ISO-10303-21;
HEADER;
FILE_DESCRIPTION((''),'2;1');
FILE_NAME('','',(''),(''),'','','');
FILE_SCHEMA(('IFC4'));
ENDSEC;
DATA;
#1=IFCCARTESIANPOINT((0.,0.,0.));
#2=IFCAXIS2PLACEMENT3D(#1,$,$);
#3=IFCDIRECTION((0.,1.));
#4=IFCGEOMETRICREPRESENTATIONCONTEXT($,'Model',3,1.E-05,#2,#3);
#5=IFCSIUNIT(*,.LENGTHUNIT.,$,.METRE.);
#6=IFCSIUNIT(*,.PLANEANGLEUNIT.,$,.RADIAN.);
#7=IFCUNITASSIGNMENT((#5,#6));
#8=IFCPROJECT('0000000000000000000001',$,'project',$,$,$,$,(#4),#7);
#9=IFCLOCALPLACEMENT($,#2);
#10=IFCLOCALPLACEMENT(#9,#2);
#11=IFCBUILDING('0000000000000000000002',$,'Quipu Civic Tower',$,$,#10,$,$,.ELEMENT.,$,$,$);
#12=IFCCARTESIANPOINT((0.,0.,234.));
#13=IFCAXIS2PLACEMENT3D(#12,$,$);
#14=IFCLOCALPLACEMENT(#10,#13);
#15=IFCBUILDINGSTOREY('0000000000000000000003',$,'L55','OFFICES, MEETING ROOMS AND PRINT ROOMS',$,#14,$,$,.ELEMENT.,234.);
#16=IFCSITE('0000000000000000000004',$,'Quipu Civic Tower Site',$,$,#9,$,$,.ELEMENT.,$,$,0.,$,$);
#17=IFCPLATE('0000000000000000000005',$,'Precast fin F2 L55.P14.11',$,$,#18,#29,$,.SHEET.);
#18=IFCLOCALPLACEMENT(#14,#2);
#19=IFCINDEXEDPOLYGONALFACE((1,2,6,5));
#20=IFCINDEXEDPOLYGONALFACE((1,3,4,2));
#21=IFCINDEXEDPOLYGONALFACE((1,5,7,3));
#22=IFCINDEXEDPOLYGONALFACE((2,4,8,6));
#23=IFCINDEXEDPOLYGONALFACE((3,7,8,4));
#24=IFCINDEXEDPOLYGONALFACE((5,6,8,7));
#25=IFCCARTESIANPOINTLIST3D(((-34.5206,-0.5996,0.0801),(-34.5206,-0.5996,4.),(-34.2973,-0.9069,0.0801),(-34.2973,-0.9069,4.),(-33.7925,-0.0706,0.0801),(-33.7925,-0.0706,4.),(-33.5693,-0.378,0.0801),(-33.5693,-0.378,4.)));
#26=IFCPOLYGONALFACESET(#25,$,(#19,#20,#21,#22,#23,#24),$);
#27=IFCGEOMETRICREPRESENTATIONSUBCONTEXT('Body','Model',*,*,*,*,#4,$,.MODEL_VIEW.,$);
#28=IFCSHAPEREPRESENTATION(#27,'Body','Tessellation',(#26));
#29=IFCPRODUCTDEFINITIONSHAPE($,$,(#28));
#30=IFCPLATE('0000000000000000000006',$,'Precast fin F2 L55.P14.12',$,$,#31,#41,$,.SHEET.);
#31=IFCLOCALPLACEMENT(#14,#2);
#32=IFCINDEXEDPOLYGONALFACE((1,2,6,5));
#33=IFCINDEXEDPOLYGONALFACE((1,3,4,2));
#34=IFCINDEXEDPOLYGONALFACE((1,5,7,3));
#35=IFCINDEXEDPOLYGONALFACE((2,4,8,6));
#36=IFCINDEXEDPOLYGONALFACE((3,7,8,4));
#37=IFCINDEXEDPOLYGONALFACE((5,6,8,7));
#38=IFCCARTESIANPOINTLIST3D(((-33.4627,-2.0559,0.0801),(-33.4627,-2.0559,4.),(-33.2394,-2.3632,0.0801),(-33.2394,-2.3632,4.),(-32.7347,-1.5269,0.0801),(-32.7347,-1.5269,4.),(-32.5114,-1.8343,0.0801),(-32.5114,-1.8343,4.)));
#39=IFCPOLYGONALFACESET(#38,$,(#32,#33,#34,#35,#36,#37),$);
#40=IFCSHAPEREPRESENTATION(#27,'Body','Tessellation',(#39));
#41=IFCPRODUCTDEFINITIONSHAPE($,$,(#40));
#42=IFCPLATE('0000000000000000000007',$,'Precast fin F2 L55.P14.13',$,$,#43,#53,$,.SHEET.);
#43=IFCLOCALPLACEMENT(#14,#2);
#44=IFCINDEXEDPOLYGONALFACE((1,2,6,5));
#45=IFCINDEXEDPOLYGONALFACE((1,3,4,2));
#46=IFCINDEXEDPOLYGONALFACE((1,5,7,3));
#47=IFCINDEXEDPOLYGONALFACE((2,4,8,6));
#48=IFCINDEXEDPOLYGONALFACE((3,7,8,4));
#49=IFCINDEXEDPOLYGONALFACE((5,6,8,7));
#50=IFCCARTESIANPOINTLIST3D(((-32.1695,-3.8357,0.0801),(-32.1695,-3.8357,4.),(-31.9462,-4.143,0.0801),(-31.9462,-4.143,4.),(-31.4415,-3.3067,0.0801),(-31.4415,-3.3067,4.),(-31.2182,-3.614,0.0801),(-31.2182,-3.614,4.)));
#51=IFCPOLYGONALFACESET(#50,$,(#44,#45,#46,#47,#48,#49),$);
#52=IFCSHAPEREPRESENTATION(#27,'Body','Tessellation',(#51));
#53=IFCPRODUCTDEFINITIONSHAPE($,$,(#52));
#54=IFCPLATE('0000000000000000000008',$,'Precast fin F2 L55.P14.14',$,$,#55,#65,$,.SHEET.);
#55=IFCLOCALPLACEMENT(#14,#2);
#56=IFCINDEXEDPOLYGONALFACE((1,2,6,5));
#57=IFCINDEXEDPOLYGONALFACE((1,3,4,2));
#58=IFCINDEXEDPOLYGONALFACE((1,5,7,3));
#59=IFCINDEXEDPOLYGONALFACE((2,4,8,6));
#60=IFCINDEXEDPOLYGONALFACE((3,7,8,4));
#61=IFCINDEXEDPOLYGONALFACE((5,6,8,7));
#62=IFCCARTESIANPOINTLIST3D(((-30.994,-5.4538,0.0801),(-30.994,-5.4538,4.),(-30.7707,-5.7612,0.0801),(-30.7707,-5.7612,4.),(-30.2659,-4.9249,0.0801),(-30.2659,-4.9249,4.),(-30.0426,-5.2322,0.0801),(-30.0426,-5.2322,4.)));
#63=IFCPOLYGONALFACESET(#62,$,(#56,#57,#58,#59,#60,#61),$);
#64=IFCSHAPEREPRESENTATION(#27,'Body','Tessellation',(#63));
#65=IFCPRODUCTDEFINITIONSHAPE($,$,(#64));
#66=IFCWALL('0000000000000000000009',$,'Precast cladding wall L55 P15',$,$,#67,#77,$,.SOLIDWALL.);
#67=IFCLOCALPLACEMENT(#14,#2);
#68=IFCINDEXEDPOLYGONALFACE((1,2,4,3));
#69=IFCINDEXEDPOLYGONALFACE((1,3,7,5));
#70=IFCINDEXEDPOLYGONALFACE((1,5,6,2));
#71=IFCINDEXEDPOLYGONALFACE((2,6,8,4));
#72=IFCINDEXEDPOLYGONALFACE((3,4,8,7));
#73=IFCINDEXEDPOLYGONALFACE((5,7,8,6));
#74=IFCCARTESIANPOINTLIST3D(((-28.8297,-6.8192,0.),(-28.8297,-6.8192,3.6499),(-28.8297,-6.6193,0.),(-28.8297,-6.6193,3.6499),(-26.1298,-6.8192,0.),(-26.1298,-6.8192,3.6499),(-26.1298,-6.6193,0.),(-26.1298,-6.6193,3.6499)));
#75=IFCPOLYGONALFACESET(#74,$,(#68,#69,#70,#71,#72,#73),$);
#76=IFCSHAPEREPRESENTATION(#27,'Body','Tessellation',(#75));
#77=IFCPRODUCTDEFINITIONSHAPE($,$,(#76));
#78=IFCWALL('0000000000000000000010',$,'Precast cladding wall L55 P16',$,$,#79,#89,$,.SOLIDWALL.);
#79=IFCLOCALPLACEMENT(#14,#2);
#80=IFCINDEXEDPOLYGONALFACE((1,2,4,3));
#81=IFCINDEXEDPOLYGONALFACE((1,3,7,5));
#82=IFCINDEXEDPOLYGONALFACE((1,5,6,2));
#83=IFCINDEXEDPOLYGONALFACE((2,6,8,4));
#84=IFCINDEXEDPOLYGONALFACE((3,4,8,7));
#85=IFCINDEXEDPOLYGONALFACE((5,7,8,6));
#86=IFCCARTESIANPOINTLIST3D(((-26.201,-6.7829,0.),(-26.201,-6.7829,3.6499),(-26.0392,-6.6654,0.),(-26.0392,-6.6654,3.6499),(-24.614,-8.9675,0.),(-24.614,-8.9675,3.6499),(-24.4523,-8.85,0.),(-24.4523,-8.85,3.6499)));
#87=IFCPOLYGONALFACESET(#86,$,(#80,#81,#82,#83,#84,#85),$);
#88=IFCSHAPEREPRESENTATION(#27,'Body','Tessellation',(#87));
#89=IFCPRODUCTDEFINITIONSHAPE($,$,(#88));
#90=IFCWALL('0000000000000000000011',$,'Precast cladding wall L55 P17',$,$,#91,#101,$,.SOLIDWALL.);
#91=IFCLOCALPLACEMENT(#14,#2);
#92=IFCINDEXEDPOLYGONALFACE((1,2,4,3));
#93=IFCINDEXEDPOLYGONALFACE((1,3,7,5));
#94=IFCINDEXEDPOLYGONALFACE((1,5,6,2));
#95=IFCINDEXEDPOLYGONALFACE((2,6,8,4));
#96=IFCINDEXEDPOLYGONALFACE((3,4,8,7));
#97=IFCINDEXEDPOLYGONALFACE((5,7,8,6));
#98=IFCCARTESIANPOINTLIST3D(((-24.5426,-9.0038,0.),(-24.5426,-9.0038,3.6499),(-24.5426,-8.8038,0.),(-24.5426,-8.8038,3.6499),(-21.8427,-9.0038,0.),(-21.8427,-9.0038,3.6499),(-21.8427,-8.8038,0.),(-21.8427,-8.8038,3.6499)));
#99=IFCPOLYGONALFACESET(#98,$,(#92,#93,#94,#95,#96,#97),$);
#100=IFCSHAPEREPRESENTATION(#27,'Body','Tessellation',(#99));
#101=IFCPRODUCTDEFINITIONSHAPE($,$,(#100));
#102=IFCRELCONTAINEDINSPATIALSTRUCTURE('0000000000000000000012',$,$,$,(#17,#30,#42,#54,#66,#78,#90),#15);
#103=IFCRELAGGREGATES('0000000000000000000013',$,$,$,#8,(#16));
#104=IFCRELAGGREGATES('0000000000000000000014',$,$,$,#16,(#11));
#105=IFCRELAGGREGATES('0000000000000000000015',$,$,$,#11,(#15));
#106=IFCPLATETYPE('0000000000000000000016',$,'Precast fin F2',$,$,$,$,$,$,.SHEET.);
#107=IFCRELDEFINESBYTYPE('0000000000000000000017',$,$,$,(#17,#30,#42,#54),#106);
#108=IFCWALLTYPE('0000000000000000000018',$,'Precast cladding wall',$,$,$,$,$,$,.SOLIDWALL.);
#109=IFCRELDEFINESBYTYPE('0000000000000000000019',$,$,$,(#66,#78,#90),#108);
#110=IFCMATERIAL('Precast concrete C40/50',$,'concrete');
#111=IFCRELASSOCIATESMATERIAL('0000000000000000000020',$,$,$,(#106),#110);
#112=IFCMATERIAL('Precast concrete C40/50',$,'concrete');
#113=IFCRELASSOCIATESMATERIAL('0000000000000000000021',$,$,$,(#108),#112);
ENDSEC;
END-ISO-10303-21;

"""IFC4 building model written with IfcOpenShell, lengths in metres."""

from ifc_helpers import new_model, si_unit, direction, frame, frame_2d, origin, origin_2d, place, context, subcontext, project, spatial, rectangle, extrude, material, type_object, element, save


model = new_model("IFC4")

# Units and contexts
model_context = context("Model", 3, precision=1e-05, world=origin(), true_north=direction((0.0, 1.0)))
body_context = subcontext(model_context, "Body", "Model", "MODEL_VIEW")
ifc_project = project(units=[si_unit("LENGTHUNIT", "METRE"), si_unit("PLANEANGLEUNIT", "RADIAN")], contexts=[model_context])

# Site, building, storey
site_placement = place(None, origin())
site = spatial("IfcSite", under=ifc_project, at=site_placement, Name="Quipu Civic Tower Site", CompositionType="ELEMENT", RefElevation=0.0)
building_placement = place(site_placement, origin())
building = spatial("IfcBuilding", under=site, at=building_placement, Name="Quipu Civic Tower", CompositionType="ELEMENT")
storey_placement = place(building_placement, frame((0.0, 0.0, 234.0)))
storey = spatial("IfcBuildingStorey", under=building, at=storey_placement, Name="L55", Description="OFFICES, MEETING ROOMS AND PRINT ROOMS", CompositionType="ELEMENT", Elevation=234.0)

# Plates
ifc_material_1 = material(Name="Precast concrete C40/50", Category="concrete")
plate_type_1 = type_object("IfcPlateType", Name="Precast fin F2", PredefinedType="SHEET", material=ifc_material_1)
for number, where, z_axis, x_axis, name in (
    (1, (-34.0449, -0.4888, 0.0801), (0.0, 0.0, 1.0), (0.587786, -0.809017, 0.0), "Precast fin F2 L55.P14.11"),
    (2, (-32.9871, -1.9451, 0.0801), (0.0, 0.0, 1.0), (0.587786, -0.809017, 0.0), "Precast fin F2 L55.P14.12"),
    (3, (-31.6938, -3.7249, 0.0801), (0.0, 0.0, 1.0), (0.587786, -0.809017, 0.0), "Precast fin F2 L55.P14.13"),
    (4, (-30.5183, -5.343, 0.0801), (0.0, 0.0, 1.0), (0.587786, -0.809017, 0.0), "Precast fin F2 L55.P14.14"),
):
    element("IfcPlate", number, at=place(storey_placement, frame(where, z_axis=z_axis, x_axis=x_axis)), inside=storey, type_object=plate_type_1, Name=name, PredefinedType="SHEET", context=body_context, shape_type="SweptSolid", body=[
        extrude(rectangle(XDim=0.3799, YDim=0.8999, at=origin_2d()), origin(), (0.0, 0.0, 1.0), 3.9199),
    ])

# Walls
ifc_material_2 = material(Name="Precast concrete C40/50", Category="concrete")
wall_type = type_object("IfcWallType", Name="Precast cladding wall", PredefinedType="SOLIDWALL", material=ifc_material_2)
wall_1_placement = place(storey_placement, frame((-28.8298, -6.7192, 0.0), z_axis=(0.0, 0.0, 1.0), x_axis=(1.0, 0.0, 0.0)))
element("IfcWall", 5, at=wall_1_placement, inside=storey, type_object=wall_type, Name="Precast cladding wall L55 P15", PredefinedType="SOLIDWALL", context=body_context, shape_type="SweptSolid", body=[
    extrude(rectangle(XDim=2.7, YDim=0.2, at=frame_2d((1.3501, 0.0))), origin(), (0.0, 0.0, 1.0), 3.6499),
])
wall_2_placement = place(storey_placement, frame((-26.1201, -6.7241, 0.0), z_axis=(0.0, 0.0, 1.0), x_axis=(0.58772, -0.809064, 0.0)))
element("IfcWall", 6, at=wall_2_placement, inside=storey, type_object=wall_type, Name="Precast cladding wall L55 P16", PredefinedType="SOLIDWALL", context=body_context, shape_type="SweptSolid", body=[
    extrude(rectangle(XDim=2.7002, YDim=0.2, at=frame_2d((1.3501, 0.0))), origin(), (0.0, 0.0, 1.0), 3.6499),
])
wall_3_placement = place(storey_placement, frame((-24.5427, -8.9038, 0.0), z_axis=(0.0, 0.0, 1.0), x_axis=(1.0, 0.0, 0.0)))
element("IfcWall", 7, at=wall_3_placement, inside=storey, type_object=wall_type, Name="Precast cladding wall L55 P17", PredefinedType="SOLIDWALL", context=body_context, shape_type="SweptSolid", body=[
    extrude(rectangle(XDim=2.7, YDim=0.2, at=frame_2d((1.3501, 0.0))), origin(), (0.0, 0.0, 1.0), 3.6499),
])

save(model, "model.ifc")
